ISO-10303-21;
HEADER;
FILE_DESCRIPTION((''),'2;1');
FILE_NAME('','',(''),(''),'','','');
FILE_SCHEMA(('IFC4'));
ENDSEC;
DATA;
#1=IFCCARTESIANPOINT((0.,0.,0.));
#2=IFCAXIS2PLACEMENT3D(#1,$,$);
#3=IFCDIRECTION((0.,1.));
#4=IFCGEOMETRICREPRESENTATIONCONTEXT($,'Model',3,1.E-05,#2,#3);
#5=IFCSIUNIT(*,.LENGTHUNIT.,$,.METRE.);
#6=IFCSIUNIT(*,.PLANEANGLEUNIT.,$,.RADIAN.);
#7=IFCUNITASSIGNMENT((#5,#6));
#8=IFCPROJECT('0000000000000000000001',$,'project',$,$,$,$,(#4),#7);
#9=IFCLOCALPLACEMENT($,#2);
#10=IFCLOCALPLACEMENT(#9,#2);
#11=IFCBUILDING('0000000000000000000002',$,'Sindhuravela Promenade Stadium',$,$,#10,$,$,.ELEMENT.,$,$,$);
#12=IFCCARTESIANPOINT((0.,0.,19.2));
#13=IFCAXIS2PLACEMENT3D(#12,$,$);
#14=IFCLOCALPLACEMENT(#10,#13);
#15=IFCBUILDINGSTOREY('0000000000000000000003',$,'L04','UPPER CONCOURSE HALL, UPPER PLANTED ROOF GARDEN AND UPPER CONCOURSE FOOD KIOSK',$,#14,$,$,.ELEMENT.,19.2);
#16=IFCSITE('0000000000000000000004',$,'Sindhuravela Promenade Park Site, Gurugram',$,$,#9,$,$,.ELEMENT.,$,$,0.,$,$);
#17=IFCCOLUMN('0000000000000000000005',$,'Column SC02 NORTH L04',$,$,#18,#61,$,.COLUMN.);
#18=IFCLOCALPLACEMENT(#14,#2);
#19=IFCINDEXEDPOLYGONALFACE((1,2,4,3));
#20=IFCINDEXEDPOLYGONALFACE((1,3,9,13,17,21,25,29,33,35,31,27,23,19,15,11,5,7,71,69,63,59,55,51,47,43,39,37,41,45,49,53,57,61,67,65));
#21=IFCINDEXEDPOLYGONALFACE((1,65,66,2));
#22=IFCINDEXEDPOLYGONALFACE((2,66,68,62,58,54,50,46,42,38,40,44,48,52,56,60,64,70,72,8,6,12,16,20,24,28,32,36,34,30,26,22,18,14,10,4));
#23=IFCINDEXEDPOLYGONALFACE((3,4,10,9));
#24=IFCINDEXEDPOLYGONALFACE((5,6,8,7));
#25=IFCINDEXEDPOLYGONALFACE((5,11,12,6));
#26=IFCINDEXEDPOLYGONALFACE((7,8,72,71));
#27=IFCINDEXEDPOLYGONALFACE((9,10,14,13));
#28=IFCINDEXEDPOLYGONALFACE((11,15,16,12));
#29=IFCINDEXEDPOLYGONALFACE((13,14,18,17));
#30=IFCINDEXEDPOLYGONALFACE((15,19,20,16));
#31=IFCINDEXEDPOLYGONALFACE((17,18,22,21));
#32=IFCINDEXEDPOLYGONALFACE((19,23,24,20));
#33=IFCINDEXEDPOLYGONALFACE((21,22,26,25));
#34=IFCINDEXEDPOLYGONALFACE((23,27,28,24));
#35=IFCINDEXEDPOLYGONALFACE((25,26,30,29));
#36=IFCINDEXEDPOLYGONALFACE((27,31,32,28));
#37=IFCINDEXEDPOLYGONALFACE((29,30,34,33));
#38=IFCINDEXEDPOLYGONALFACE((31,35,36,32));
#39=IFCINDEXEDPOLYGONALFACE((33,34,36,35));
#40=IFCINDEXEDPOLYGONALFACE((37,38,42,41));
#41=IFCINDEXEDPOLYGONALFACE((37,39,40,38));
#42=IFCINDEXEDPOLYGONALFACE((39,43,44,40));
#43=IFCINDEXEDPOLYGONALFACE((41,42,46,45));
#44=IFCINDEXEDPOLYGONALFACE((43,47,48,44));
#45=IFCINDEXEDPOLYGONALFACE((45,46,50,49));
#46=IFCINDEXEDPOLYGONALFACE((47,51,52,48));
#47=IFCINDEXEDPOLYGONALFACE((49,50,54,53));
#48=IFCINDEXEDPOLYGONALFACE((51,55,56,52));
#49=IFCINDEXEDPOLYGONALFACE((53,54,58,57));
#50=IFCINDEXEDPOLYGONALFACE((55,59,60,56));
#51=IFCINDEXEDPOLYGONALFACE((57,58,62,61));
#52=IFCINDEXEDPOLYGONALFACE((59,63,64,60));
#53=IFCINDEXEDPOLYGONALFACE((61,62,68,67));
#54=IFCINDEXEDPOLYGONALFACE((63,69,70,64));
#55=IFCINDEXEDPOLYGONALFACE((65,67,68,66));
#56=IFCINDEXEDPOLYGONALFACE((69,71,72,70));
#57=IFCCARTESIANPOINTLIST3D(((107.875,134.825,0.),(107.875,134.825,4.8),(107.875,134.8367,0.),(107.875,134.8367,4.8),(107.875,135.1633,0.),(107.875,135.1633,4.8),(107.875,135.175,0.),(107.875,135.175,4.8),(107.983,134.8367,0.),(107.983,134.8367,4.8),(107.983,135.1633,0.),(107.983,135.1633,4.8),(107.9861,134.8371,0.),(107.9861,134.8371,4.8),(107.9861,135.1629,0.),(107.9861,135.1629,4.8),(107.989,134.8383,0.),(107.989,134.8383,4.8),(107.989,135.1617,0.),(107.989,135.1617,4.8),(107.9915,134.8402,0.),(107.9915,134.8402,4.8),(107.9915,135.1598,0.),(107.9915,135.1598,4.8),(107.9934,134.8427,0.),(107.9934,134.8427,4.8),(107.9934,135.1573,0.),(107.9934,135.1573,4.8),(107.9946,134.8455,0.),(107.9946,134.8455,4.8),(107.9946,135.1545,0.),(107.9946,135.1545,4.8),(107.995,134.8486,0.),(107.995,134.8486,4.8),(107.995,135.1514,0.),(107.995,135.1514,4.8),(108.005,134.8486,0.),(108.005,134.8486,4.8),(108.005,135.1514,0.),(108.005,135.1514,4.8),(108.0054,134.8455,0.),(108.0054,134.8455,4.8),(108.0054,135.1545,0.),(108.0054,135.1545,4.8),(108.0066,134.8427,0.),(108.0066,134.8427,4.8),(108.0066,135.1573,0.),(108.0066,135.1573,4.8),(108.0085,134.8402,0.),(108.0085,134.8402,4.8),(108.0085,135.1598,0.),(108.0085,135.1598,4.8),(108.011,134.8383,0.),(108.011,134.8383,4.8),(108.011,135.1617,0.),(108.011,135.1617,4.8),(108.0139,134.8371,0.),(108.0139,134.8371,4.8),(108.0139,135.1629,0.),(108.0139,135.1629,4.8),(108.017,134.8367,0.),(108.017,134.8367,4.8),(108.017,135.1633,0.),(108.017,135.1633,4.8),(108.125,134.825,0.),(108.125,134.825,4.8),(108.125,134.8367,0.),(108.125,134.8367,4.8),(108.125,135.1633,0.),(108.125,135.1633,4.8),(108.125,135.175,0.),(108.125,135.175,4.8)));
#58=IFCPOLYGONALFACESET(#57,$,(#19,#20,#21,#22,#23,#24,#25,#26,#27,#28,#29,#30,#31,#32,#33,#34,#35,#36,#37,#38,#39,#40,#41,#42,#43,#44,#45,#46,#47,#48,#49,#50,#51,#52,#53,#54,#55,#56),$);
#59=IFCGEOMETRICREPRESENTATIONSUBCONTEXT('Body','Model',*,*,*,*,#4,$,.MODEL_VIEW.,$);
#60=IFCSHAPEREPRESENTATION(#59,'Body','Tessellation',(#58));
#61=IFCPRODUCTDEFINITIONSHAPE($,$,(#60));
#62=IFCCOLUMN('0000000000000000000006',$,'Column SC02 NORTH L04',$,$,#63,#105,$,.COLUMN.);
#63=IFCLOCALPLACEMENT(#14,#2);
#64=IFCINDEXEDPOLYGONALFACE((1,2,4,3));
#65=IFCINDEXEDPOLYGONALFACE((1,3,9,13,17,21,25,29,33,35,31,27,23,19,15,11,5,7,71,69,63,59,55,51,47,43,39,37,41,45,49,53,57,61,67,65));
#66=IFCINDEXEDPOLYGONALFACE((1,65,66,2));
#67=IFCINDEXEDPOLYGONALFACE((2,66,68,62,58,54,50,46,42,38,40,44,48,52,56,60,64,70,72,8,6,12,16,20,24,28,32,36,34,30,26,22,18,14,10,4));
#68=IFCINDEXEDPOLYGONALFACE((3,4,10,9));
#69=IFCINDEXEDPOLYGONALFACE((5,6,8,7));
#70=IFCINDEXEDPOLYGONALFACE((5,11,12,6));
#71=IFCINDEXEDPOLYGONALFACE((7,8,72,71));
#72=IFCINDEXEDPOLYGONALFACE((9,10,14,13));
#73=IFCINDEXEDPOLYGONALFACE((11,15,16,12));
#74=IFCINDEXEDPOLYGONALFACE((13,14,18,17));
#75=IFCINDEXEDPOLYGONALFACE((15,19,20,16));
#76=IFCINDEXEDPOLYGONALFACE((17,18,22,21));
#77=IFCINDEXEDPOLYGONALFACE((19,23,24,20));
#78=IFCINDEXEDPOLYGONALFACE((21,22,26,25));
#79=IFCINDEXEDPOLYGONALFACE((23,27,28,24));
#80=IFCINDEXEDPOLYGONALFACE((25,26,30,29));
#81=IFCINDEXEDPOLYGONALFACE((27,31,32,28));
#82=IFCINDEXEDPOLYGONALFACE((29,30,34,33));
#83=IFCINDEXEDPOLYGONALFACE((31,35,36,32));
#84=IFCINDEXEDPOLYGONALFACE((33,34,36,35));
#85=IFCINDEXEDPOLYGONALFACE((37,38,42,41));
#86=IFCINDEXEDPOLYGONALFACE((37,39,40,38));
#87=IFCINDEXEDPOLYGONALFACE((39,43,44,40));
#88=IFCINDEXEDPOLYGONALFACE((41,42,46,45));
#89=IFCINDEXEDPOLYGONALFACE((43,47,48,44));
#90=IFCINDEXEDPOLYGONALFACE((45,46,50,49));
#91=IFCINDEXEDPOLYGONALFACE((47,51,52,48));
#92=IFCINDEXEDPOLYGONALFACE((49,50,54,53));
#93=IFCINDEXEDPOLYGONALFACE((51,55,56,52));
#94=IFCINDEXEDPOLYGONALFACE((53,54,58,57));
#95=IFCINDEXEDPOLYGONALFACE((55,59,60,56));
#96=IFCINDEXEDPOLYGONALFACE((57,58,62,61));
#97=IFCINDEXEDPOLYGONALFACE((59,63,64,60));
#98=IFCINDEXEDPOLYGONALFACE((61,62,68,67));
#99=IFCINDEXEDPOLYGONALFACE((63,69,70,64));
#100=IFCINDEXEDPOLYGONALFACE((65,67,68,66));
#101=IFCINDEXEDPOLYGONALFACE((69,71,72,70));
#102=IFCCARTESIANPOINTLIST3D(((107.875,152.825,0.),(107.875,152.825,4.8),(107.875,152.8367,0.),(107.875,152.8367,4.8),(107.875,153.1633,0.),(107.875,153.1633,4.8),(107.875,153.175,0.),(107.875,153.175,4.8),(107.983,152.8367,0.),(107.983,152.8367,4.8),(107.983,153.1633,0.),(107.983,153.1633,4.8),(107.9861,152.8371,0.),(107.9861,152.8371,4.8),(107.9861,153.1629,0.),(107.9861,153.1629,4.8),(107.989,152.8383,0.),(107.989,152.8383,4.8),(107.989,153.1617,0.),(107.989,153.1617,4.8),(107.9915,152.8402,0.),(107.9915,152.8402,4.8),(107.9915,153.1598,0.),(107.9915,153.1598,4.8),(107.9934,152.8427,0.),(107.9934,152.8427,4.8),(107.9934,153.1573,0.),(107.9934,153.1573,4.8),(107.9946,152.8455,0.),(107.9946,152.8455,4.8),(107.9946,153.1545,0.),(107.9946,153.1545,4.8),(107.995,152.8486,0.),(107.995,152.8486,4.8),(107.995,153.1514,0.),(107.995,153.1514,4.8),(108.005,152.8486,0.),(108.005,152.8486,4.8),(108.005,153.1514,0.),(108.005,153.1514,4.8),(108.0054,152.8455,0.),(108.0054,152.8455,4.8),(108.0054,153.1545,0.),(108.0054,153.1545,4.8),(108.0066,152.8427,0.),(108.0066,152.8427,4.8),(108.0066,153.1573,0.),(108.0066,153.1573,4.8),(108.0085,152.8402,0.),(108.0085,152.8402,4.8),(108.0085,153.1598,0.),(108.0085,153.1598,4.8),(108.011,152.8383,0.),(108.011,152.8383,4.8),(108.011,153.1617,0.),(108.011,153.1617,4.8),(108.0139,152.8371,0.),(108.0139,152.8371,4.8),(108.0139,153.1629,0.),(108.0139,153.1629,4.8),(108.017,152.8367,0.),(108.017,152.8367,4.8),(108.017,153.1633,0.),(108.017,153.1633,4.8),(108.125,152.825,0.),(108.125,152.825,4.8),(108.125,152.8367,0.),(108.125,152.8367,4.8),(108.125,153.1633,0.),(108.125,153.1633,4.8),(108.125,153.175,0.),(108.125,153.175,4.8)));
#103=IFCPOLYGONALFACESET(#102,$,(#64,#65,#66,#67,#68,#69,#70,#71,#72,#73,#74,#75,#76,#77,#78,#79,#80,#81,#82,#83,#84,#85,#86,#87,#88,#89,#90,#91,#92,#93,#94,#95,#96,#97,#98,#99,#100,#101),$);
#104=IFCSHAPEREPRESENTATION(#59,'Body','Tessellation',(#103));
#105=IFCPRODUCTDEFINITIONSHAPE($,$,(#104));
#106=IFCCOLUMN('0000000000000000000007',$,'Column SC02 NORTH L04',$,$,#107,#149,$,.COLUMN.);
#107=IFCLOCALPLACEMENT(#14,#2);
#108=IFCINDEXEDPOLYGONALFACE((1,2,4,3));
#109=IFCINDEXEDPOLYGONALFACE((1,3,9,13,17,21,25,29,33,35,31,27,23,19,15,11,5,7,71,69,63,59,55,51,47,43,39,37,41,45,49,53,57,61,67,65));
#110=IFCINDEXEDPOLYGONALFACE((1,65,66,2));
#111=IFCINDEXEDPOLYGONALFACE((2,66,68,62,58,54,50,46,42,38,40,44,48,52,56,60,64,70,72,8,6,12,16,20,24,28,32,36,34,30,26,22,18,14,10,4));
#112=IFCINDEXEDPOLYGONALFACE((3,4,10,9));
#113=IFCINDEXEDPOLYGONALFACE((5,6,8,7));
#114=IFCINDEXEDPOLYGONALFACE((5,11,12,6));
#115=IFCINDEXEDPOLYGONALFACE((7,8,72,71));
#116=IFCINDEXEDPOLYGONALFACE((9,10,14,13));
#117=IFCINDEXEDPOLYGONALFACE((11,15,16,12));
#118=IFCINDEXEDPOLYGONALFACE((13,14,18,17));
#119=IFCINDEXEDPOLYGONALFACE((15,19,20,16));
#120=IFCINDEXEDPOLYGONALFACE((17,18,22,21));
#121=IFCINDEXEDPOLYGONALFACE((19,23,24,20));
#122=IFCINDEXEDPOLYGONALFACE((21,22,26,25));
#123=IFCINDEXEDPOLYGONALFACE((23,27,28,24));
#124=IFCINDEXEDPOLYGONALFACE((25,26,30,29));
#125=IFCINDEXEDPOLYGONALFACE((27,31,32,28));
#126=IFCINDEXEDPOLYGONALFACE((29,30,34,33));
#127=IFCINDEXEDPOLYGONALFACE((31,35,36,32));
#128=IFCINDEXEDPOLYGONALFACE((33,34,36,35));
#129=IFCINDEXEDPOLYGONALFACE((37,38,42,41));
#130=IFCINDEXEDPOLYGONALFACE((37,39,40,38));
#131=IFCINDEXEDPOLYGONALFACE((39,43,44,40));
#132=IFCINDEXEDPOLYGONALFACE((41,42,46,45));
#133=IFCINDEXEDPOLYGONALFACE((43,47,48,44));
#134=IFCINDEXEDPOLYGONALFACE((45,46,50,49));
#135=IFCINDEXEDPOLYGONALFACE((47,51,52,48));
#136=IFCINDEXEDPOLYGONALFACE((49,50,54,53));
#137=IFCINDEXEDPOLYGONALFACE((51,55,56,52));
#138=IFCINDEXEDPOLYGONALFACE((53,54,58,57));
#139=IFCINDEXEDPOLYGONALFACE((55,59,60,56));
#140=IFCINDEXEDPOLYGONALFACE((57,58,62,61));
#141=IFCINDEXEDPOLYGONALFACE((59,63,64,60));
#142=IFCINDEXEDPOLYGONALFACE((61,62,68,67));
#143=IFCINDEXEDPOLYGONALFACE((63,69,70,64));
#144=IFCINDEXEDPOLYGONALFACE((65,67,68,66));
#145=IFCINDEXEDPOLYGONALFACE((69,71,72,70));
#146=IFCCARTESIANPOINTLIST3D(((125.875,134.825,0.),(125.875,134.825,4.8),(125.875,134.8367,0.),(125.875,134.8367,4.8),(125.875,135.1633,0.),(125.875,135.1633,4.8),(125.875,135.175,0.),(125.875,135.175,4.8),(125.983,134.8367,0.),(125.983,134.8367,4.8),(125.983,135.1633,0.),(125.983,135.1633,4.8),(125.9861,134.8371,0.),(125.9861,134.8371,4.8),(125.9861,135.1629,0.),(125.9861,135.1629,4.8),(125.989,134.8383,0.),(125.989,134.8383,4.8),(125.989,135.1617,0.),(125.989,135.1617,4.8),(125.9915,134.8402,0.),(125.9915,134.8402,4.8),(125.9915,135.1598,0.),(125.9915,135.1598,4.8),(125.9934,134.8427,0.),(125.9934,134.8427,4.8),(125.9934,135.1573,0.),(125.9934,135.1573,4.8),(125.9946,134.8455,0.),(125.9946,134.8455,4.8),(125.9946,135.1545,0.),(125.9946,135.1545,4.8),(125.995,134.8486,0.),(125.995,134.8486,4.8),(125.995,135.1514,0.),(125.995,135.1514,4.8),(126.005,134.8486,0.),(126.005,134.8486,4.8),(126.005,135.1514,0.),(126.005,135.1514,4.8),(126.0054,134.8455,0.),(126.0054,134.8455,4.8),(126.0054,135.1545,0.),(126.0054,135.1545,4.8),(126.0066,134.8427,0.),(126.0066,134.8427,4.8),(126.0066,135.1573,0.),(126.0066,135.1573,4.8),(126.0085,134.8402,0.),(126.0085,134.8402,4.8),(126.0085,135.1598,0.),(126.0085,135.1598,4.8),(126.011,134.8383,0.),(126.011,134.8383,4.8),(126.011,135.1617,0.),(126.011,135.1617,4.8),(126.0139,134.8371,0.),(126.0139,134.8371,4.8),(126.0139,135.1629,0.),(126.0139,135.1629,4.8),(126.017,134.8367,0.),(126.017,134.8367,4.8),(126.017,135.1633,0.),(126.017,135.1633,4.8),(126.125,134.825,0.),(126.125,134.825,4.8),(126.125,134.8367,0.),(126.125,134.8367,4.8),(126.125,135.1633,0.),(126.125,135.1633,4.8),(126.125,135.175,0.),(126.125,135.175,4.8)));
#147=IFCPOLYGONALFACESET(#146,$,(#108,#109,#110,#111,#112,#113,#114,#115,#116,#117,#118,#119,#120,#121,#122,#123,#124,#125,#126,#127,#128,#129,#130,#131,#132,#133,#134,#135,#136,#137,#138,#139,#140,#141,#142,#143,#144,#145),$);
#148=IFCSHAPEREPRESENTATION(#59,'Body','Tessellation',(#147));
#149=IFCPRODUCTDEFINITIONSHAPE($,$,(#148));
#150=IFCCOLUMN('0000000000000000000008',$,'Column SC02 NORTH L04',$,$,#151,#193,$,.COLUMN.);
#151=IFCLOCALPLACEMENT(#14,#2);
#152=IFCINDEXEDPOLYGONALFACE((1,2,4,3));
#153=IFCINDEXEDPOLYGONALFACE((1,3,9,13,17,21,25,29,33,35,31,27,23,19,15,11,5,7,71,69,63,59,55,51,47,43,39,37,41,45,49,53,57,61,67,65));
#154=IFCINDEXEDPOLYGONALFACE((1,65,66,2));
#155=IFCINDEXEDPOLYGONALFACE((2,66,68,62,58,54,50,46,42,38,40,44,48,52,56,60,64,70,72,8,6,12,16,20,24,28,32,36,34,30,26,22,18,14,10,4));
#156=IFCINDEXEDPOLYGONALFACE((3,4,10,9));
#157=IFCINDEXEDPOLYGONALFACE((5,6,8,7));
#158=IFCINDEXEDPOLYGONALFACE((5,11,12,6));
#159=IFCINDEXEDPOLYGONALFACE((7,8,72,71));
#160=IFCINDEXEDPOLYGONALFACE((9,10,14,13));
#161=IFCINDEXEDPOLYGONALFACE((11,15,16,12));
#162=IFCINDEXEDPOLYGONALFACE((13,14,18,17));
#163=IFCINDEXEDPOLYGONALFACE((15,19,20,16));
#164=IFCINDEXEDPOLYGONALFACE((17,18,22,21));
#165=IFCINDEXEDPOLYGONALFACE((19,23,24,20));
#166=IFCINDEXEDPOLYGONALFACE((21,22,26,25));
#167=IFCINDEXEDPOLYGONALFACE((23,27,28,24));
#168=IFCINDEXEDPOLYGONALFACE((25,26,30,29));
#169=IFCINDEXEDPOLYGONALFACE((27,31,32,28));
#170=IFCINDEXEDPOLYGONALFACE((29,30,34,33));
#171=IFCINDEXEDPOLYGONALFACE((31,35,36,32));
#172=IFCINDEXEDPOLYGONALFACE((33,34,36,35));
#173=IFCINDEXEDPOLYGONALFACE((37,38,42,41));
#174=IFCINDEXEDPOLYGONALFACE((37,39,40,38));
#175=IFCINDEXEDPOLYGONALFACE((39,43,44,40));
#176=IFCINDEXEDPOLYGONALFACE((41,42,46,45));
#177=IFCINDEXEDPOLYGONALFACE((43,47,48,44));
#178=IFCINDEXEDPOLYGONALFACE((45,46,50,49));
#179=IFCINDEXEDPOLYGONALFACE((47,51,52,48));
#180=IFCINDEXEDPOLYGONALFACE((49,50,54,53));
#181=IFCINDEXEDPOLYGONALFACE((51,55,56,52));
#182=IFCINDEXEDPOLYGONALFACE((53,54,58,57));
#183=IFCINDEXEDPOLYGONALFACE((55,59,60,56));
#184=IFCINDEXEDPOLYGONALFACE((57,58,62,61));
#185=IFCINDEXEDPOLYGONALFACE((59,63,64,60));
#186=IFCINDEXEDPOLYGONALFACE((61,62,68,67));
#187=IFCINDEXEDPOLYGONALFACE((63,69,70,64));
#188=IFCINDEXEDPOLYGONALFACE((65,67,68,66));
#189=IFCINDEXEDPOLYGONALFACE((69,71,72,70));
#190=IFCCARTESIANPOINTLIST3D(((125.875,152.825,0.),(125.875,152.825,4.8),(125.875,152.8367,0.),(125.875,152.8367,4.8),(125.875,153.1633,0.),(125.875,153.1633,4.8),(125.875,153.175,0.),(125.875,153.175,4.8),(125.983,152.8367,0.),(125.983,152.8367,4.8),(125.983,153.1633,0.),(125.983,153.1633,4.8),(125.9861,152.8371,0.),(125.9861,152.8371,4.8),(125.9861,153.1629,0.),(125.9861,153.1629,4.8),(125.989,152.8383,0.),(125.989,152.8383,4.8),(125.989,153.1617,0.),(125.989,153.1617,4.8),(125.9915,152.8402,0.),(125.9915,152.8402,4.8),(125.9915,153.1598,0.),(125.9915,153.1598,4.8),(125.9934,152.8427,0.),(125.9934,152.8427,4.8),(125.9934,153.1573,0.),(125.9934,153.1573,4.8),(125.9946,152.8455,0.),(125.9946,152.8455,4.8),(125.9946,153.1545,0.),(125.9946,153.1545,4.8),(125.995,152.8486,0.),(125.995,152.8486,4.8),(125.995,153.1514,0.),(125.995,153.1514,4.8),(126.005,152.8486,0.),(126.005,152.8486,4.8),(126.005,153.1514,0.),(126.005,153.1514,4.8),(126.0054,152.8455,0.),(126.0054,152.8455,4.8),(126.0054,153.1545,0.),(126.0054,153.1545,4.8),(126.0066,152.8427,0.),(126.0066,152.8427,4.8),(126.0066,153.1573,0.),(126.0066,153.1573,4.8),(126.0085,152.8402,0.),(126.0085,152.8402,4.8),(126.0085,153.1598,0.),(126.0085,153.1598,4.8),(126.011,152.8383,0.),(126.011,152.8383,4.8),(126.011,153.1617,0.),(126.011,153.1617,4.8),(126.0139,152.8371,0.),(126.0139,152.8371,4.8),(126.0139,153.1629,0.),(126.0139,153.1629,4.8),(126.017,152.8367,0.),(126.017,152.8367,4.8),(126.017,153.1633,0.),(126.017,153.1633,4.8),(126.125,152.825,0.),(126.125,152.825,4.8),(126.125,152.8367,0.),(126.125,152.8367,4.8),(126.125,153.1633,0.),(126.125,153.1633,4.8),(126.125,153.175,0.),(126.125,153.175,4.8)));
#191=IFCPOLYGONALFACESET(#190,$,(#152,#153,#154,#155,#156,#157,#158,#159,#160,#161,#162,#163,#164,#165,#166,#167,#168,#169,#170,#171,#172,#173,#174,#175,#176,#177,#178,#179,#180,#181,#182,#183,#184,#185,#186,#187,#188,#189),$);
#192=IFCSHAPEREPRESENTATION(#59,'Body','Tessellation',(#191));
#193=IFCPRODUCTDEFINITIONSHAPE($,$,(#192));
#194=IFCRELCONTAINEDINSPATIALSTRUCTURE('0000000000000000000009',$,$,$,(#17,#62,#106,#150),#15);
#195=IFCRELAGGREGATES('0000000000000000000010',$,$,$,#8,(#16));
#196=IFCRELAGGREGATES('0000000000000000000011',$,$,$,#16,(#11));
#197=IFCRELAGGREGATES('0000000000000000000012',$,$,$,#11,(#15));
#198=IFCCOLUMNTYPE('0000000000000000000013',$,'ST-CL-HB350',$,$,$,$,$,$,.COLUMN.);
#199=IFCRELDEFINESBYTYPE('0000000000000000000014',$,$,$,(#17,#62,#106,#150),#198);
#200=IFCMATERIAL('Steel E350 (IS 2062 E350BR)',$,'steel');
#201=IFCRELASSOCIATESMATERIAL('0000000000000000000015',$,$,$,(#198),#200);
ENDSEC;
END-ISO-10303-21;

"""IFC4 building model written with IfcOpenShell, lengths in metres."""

from ifc_helpers import new_model, si_unit, direction, frame, origin, origin_2d, place, context, subcontext, project, spatial, i_section, extrude, material, material_profile, profile_set, type_object, element, save


model = new_model("IFC4")

# Units and contexts
model_context = context("Model", 3, precision=1e-05, world=origin(), true_north=direction((0.0, 1.0)))
body_context = subcontext(model_context, "Body", "Model", "MODEL_VIEW")
ifc_project = project(units=[si_unit("LENGTHUNIT", "METRE"), si_unit("PLANEANGLEUNIT", "RADIAN")], contexts=[model_context])

# Site, building, storey
site_placement = place(None, origin())
site = spatial("IfcSite", under=ifc_project, at=site_placement, Name="Sindhuravela Promenade Park Site, Gurugram", CompositionType="ELEMENT", RefElevation=0.0)
building_placement = place(site_placement, origin())
building = spatial("IfcBuilding", under=site, at=building_placement, Name="Sindhuravela Promenade Stadium", CompositionType="ELEMENT")
storey_placement = place(building_placement, frame((0.0, 0.0, 19.2)))
storey = spatial("IfcBuildingStorey", under=building, at=storey_placement, Name="L04", Description="UPPER CONCOURSE HALL, UPPER PLANTED ROOF GARDEN AND UPPER CONCOURSE FOOD KIOSK", CompositionType="ELEMENT", Elevation=19.2)

# Columns
ifc_material_1 = material(Name="Steel E350 (IS 2062 E350BR)", Category="steel")
ifc_material_profile_1 = material_profile(ifc_material_1, i_section(OverallWidth=0.25, OverallDepth=0.3501, WebThickness=0.01, FlangeThickness=0.0117, FilletRadius=0.012, at=origin_2d()), Name="ISHB 350")
ifc_profile_set_1 = profile_set([ifc_material_profile_1], Name="Steel E350 (IS 2062 E350BR)")
column_type_1 = type_object("IfcColumnType", Name="ST-CL-HB350", PredefinedType="COLUMN", material=ifc_profile_set_1)
for number, where, z_axis, x_axis, name in (
    (1, (108.0, 135.0, 0.0), (0.0, 0.0, 1.0), (1.0, 0.0, 0.0), "Column SC02 NORTH L04"),
    (2, (108.0, 153.0, 0.0), (0.0, 0.0, 1.0), (1.0, 0.0, 0.0), "Column SC02 NORTH L04"),
    (3, (126.0, 135.0, 0.0), (0.0, 0.0, 1.0), (1.0, 0.0, 0.0), "Column SC02 NORTH L04"),
    (4, (126.0, 153.0, 0.0), (0.0, 0.0, 1.0), (1.0, 0.0, 0.0), "Column SC02 NORTH L04"),
):
    element("IfcColumn", number, at=place(storey_placement, frame(where, z_axis=z_axis, x_axis=x_axis)), inside=storey, type_object=column_type_1, Name=name, PredefinedType="COLUMN", context=body_context, shape_type="SweptSolid", body=[
        extrude(i_section(OverallWidth=0.25, OverallDepth=0.3501, WebThickness=0.01, FlangeThickness=0.0117, FilletRadius=0.012, at=origin_2d()), origin(), (0.0, 0.0, 1.0), 4.8),
    ])

save(model, "model.ifc")
